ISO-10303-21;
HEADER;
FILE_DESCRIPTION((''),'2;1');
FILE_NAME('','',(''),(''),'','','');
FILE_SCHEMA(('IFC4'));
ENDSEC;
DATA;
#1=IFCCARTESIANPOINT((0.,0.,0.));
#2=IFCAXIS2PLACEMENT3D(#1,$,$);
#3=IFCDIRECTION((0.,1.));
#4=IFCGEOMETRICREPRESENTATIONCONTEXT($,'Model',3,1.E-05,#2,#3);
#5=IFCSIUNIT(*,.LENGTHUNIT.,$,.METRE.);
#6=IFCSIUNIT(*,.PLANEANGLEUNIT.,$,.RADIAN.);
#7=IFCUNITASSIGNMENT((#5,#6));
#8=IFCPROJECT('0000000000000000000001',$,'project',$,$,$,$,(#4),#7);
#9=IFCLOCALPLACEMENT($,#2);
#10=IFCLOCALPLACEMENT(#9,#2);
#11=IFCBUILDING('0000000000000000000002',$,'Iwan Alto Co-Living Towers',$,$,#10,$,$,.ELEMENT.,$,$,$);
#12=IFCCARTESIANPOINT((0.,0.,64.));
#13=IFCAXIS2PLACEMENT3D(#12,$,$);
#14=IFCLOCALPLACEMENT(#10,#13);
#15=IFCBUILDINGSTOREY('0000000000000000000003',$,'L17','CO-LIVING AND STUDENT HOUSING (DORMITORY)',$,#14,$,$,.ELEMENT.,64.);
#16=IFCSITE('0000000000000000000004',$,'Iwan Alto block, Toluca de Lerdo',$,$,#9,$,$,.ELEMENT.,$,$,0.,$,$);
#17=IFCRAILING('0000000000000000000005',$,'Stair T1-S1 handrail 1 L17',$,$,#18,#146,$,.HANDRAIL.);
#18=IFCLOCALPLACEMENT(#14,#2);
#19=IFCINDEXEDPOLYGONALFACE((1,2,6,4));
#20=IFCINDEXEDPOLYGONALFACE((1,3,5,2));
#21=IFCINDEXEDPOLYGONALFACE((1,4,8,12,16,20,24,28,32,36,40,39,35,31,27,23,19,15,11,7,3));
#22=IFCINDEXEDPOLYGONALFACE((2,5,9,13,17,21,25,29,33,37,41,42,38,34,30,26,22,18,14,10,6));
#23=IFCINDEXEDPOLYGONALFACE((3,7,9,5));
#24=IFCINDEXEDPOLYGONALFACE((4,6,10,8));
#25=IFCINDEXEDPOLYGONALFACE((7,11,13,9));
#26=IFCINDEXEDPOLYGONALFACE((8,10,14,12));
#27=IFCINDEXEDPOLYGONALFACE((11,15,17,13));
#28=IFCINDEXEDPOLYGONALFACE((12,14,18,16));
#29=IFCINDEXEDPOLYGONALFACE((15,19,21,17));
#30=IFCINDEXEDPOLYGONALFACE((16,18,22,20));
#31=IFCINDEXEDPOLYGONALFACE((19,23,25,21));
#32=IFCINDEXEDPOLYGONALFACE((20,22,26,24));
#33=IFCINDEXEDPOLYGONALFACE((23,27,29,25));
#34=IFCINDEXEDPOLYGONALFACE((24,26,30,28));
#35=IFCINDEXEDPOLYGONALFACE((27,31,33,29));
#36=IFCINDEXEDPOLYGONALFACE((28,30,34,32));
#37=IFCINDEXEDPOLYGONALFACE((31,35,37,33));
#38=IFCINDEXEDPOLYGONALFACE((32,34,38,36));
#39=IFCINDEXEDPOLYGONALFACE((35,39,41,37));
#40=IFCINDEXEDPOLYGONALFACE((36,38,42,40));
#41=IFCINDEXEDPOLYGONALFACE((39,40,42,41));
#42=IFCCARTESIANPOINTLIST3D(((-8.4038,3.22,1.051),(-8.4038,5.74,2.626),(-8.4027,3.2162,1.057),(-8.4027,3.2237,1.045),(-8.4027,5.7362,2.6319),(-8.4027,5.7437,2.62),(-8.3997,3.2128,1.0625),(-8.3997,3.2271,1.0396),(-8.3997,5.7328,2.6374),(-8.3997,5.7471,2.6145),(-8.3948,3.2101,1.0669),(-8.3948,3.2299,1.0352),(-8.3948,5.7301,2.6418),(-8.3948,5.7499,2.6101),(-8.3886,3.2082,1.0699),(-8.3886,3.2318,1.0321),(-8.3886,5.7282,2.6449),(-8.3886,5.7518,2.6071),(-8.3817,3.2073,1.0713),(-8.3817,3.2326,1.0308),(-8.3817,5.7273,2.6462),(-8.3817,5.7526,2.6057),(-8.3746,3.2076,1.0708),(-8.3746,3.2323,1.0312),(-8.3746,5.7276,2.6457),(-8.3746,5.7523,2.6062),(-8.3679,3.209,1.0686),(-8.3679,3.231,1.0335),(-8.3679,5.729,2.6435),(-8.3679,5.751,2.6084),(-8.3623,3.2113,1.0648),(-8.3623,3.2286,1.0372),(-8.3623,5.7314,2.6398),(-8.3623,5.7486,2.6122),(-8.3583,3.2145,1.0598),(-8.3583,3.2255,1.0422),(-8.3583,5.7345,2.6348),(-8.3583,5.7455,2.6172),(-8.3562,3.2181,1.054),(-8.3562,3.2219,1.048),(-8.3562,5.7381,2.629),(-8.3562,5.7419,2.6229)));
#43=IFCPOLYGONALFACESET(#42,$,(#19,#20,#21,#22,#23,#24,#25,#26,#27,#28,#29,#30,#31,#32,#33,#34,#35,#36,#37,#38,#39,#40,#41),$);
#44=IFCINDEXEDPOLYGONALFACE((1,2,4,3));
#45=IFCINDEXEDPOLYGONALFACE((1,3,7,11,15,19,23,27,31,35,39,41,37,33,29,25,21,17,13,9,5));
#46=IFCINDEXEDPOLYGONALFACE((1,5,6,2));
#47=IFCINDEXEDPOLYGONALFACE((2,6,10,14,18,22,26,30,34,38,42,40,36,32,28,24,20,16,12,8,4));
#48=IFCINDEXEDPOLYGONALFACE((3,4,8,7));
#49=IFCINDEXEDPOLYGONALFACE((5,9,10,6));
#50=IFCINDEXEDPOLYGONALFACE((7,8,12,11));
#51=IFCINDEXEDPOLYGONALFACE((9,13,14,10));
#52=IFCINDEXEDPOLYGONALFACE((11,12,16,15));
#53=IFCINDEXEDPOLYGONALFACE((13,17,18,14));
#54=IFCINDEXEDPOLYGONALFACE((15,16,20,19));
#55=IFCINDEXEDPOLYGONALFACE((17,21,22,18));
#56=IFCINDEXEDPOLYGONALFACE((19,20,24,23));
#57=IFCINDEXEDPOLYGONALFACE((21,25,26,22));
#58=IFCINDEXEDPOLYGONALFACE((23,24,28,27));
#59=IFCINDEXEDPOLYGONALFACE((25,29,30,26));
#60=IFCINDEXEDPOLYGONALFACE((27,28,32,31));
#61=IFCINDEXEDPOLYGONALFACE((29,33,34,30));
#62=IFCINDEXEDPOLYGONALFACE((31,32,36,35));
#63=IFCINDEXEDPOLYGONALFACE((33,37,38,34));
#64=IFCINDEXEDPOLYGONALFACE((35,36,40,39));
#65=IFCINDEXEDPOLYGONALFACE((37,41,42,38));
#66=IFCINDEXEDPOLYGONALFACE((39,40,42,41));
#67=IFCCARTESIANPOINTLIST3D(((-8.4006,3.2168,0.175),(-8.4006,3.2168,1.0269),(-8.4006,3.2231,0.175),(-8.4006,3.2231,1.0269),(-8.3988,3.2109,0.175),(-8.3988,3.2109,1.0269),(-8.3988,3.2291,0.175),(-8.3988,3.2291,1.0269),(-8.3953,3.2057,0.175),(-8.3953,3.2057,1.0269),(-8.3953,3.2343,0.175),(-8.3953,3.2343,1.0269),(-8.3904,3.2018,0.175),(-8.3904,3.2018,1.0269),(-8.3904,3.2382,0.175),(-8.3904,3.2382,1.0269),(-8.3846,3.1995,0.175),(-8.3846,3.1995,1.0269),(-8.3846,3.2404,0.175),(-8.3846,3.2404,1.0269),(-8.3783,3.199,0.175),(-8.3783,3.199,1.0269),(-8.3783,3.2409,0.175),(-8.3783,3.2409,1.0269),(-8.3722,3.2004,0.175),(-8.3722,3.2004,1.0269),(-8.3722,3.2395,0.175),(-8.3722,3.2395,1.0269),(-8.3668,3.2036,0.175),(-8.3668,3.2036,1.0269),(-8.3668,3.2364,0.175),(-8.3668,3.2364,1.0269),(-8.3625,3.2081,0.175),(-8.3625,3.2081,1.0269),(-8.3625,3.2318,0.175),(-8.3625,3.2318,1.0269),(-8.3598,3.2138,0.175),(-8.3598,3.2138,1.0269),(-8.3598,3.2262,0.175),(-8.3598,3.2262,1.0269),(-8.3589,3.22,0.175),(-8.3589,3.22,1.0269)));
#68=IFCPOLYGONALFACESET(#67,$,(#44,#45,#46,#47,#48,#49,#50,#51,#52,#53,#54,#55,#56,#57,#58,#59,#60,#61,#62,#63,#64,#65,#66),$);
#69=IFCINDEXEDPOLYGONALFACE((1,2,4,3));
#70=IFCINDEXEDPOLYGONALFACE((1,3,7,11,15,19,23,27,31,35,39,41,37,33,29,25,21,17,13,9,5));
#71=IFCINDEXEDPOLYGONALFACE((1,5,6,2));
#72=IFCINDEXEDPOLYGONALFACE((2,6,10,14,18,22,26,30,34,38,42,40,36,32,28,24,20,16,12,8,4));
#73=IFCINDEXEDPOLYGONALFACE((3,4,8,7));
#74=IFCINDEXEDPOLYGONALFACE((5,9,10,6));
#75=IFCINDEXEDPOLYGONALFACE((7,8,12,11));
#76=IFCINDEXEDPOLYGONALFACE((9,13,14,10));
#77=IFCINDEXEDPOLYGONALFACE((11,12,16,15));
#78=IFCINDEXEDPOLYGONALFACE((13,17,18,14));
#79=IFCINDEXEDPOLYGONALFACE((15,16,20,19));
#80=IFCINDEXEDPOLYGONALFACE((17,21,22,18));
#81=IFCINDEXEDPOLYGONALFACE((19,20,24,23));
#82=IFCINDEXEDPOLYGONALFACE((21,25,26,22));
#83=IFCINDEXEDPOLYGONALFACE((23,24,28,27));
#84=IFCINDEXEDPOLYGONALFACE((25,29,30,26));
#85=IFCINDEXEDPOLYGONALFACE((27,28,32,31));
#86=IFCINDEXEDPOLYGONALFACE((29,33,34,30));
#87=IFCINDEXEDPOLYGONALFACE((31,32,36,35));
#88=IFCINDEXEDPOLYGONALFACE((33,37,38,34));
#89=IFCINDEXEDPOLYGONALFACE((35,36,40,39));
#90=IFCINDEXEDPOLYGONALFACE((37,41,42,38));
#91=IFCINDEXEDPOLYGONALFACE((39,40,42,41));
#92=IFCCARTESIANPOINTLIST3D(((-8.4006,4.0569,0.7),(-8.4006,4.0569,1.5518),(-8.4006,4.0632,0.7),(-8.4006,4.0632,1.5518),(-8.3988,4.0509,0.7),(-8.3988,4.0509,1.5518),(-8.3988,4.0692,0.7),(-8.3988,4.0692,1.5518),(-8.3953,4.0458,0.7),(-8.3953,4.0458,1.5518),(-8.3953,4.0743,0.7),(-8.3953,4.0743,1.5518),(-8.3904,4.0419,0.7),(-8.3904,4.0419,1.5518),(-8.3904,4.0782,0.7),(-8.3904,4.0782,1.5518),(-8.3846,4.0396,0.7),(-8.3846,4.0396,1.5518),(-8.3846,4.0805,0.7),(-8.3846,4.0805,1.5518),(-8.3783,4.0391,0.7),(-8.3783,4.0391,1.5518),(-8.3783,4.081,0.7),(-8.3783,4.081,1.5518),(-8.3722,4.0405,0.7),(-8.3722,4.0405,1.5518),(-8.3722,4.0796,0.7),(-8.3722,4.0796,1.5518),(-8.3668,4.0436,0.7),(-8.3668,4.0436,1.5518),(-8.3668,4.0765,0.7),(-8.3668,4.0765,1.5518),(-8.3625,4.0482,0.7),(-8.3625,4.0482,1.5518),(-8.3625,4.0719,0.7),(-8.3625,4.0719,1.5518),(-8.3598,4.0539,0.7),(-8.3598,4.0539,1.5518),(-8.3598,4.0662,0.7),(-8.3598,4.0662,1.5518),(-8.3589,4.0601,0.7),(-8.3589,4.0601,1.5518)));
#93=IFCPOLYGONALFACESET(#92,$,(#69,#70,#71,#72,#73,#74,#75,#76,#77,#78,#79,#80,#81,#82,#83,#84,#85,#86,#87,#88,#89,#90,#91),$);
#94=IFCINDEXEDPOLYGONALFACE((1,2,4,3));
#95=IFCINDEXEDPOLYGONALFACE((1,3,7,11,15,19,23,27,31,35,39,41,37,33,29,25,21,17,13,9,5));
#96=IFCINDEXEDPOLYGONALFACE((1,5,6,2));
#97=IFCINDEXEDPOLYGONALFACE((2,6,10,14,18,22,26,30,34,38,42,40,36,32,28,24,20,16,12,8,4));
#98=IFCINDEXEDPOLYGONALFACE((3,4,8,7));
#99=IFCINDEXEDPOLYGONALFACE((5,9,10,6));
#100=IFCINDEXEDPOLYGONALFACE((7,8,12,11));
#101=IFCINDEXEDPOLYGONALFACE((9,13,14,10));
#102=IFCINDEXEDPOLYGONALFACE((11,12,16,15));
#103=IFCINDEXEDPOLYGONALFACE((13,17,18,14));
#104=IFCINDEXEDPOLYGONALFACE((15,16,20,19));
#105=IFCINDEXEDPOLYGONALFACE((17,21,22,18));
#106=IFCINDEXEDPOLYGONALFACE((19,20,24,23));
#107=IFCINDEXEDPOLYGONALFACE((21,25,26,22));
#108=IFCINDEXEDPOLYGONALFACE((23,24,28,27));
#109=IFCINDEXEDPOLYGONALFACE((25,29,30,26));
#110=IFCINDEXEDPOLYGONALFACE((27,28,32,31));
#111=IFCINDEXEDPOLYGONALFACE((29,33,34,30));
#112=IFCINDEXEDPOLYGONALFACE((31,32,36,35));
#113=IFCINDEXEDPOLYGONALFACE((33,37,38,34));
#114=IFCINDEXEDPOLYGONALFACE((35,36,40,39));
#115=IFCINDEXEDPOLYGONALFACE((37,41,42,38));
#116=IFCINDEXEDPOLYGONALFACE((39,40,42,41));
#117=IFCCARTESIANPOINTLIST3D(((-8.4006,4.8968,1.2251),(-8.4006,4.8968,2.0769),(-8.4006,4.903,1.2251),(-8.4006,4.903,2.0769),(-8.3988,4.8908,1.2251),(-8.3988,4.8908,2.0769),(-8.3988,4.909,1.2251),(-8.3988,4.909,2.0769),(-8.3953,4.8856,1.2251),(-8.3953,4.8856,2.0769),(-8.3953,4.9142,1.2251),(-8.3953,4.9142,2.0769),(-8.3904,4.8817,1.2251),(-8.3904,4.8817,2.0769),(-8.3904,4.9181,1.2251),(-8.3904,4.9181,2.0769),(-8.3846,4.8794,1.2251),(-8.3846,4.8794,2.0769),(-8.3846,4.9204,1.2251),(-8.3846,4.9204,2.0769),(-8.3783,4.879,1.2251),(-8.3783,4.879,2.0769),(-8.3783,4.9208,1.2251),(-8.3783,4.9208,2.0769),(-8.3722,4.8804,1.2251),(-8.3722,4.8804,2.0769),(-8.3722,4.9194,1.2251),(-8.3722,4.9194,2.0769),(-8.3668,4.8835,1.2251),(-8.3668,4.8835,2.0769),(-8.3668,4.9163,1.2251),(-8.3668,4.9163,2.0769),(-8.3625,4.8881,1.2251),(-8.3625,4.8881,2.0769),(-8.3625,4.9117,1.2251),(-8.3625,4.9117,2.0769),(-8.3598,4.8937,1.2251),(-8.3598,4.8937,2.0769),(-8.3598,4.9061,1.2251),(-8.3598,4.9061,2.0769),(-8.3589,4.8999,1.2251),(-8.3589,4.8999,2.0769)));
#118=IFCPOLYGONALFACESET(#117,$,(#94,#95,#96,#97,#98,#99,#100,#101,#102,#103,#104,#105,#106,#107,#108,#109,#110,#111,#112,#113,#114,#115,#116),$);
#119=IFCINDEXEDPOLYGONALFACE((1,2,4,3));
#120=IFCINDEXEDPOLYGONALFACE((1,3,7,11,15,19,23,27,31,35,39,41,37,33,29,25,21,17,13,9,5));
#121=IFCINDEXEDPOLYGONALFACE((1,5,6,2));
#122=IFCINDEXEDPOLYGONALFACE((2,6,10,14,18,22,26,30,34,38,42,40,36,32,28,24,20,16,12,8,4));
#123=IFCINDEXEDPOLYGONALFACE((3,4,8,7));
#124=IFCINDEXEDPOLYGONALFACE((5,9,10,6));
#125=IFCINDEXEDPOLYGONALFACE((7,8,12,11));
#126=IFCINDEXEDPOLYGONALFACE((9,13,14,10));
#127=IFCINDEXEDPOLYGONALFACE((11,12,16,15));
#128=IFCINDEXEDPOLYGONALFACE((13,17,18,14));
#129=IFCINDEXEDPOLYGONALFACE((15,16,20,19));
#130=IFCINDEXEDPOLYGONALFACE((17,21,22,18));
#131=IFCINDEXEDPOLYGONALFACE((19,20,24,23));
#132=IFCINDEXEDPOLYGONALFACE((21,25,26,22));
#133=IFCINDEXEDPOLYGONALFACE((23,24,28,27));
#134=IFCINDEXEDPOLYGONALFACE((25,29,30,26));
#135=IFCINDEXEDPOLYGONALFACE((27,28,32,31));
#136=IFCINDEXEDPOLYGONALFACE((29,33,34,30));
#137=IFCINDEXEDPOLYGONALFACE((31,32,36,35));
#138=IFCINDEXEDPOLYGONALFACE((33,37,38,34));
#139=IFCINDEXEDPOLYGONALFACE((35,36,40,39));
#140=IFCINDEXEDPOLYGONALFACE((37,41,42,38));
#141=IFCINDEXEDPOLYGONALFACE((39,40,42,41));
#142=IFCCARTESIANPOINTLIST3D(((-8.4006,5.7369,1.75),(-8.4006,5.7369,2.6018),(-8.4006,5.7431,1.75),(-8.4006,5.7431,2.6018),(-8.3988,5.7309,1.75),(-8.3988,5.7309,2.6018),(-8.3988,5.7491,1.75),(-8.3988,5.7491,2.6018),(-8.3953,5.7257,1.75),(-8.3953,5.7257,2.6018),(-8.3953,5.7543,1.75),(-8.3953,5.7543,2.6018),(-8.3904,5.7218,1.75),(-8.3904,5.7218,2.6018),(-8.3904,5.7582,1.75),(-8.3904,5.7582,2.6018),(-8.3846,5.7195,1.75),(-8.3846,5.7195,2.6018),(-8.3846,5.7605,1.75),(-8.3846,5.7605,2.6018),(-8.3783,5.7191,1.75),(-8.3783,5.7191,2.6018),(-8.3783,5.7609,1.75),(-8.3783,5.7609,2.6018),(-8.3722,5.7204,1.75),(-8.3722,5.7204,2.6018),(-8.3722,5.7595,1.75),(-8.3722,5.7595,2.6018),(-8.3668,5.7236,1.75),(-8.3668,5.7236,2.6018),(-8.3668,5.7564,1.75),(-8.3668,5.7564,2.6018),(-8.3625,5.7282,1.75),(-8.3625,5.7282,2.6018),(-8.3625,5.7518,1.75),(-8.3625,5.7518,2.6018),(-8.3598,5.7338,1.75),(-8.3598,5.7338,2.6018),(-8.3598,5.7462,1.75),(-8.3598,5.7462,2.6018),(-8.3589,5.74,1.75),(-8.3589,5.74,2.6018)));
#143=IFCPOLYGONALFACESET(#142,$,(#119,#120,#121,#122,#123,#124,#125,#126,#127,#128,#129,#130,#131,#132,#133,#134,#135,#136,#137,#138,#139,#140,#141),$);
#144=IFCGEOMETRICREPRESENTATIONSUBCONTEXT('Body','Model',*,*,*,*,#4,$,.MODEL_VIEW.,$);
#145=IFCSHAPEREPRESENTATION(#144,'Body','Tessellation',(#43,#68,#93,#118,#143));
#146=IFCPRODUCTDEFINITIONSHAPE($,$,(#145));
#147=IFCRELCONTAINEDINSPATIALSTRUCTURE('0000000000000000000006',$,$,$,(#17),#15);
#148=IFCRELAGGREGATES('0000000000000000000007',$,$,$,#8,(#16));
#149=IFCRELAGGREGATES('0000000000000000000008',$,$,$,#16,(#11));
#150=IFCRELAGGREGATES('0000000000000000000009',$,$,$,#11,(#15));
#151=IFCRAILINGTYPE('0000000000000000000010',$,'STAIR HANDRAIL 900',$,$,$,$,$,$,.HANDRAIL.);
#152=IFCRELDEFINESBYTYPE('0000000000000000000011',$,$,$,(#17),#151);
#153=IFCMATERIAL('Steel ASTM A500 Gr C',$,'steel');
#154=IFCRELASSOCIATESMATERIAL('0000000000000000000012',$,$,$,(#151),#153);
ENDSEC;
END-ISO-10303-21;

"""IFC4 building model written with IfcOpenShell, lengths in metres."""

from ifc_helpers import new_model, si_unit, direction, frame, origin, origin_2d, place, context, subcontext, project, spatial, circle, extrude, material, type_object, element, save


model = new_model("IFC4")

# Units and contexts
model_context = context("Model", 3, precision=1e-05, world=origin(), true_north=direction((0.0, 1.0)))
body_context = subcontext(model_context, "Body", "Model", "MODEL_VIEW")
ifc_project = project(units=[si_unit("LENGTHUNIT", "METRE"), si_unit("PLANEANGLEUNIT", "RADIAN")], contexts=[model_context])

# Site, building, storey
site_placement = place(None, origin())
site = spatial("IfcSite", under=ifc_project, at=site_placement, Name="Iwan Alto block, Toluca de Lerdo", CompositionType="ELEMENT", RefElevation=0.0)
building_placement = place(site_placement, origin())
building = spatial("IfcBuilding", under=site, at=building_placement, Name="Iwan Alto Co-Living Towers", CompositionType="ELEMENT")
storey_placement = place(building_placement, frame((0.0, 0.0, 64.0)))
storey = spatial("IfcBuildingStorey", under=building, at=storey_placement, Name="L17", Description="CO-LIVING AND STUDENT HOUSING (DORMITORY)", CompositionType="ELEMENT", Elevation=64.0)

# Railing
ifc_material_1 = material(Name="Steel ASTM A500 Gr C", Category="steel")
railing_type_1 = type_object("IfcRailingType", Name="STAIR HANDRAIL 900", PredefinedType="HANDRAIL", material=ifc_material_1)
railing_1_placement = place(storey_placement, frame((-8.3799, 3.22, 0.175)))
element("IfcRailing", 1, at=railing_1_placement, inside=storey, type_object=railing_type_1, Name="Stair T1-S1 handrail 1 L17", PredefinedType="HANDRAIL", context=body_context, shape_type="SweptSolid", body=[
    extrude(circle(Radius=0.0239, at=origin_2d()), frame((0.0, 0.0, 0.876), z_axis=(0.0, 0.848008, 0.529984), x_axis=(-1.0, 0.0, 0.0)), (0.0, 0.0, 1.0), 2.9717),
    extrude(circle(Radius=0.021, at=origin_2d()), origin(), (0.0, 0.0, 1.0), 0.8518),
    extrude(circle(Radius=0.021, at=origin_2d()), frame((0.0, 0.8401, 0.5249)), (0.0, 0.0, 1.0), 0.8518),
    extrude(circle(Radius=0.021, at=origin_2d()), frame((0.0, 1.6799, 1.05)), (0.0, 0.0, 1.0), 0.8518),
    extrude(circle(Radius=0.021, at=origin_2d()), frame((0.0, 2.52, 1.575)), (0.0, 0.0, 1.0), 0.8518),
])

save(model, "model.ifc")
